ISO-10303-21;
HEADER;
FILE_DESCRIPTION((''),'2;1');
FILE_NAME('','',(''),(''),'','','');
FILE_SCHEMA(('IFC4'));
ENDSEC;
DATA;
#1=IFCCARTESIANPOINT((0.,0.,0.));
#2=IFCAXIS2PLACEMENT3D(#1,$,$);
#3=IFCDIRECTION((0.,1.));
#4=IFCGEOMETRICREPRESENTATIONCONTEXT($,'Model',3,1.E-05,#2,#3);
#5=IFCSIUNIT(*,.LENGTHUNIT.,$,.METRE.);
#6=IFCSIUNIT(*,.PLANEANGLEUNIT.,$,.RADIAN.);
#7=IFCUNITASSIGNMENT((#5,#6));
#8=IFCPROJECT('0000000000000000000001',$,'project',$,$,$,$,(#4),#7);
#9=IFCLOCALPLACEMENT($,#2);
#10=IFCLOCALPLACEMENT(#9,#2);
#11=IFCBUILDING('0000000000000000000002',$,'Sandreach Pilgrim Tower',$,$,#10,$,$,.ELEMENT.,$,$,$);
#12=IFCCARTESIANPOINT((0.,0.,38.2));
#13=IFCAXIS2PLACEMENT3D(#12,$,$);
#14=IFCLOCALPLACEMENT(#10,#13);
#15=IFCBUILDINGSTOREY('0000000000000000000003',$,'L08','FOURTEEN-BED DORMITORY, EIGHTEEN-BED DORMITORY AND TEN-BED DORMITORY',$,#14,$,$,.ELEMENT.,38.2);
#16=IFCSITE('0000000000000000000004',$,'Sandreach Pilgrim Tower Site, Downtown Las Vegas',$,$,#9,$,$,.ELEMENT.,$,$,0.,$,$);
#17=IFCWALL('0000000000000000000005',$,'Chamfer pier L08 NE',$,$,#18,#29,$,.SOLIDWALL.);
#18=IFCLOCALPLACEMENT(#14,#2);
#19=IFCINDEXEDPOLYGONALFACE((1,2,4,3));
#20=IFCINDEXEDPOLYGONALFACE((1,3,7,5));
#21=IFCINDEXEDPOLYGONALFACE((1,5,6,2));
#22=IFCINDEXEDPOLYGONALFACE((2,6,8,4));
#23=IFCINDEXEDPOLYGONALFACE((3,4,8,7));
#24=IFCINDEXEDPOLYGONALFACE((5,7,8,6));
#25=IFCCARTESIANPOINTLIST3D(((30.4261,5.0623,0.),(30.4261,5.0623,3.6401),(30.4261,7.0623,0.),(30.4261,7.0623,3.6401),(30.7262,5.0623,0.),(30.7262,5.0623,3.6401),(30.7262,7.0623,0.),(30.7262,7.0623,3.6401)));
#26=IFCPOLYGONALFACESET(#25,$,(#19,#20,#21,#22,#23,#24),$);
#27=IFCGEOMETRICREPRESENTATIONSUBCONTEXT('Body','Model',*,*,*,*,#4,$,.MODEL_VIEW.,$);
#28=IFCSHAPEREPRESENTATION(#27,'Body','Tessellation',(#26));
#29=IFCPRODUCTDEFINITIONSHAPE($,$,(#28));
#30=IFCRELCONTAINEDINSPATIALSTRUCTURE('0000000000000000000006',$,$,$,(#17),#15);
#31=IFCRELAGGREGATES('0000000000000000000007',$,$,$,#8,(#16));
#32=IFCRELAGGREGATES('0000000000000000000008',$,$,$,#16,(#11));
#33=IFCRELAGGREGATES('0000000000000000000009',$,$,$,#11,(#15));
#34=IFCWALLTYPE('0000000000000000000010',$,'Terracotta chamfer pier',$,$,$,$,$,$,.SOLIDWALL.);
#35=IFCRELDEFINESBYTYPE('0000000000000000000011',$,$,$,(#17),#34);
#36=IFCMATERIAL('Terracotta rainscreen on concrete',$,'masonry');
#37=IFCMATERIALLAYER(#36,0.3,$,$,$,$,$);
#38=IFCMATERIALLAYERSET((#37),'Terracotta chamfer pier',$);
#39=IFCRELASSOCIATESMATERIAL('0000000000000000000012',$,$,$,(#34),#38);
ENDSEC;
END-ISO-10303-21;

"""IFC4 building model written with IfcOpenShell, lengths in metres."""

from ifc_helpers import new_model, si_unit, direction, frame, frame_2d, origin, place, context, subcontext, project, spatial, rectangle, extrude, material, layer, layer_set, type_object, element, save


model = new_model("IFC4")

# Units and contexts
model_context = context("Model", 3, precision=1e-05, world=origin(), true_north=direction((0.0, 1.0)))
body_context = subcontext(model_context, "Body", "Model", "MODEL_VIEW")
ifc_project = project(units=[si_unit("LENGTHUNIT", "METRE"), si_unit("PLANEANGLEUNIT", "RADIAN")], contexts=[model_context])

# Site, building, storey
site_placement = place(None, origin())
site = spatial("IfcSite", under=ifc_project, at=site_placement, Name="Sandreach Pilgrim Tower Site, Downtown Las Vegas", CompositionType="ELEMENT", RefElevation=0.0)
building_placement = place(site_placement, origin())
building = spatial("IfcBuilding", under=site, at=building_placement, Name="Sandreach Pilgrim Tower", CompositionType="ELEMENT")
storey_placement = place(building_placement, frame((0.0, 0.0, 38.2)))
storey = spatial("IfcBuildingStorey", under=building, at=storey_placement, Name="L08", Description="FOURTEEN-BED DORMITORY, EIGHTEEN-BED DORMITORY AND TEN-BED DORMITORY", CompositionType="ELEMENT", Elevation=38.2)

# Wall
ifc_material_1 = material(Name="Terracotta rainscreen on concrete", Category="masonry")
ifc_layer_1 = layer(ifc_material_1, 0.3)
ifc_layer_set_1 = layer_set([ifc_layer_1], Name="Terracotta chamfer pier")
wall_type_1 = type_object("IfcWallType", Name="Terracotta chamfer pier", PredefinedType="SOLIDWALL", material=ifc_layer_set_1)
wall_1_placement = place(storey_placement, frame((30.5762, 7.0623, 0.0), z_axis=(0.0, 0.0, 1.0), x_axis=(0.0, -1.0, 0.0)))
element("IfcWall", 1, at=wall_1_placement, inside=storey, type_object=wall_type_1, Name="Chamfer pier L08 NE", PredefinedType="SOLIDWALL", context=body_context, shape_type="SweptSolid", body=[
    extrude(rectangle(XDim=2.0, YDim=0.3, at=frame_2d((1.0, 0.0))), origin(), (0.0, 0.0, 1.0), 3.6401),
])

save(model, "model.ifc")
